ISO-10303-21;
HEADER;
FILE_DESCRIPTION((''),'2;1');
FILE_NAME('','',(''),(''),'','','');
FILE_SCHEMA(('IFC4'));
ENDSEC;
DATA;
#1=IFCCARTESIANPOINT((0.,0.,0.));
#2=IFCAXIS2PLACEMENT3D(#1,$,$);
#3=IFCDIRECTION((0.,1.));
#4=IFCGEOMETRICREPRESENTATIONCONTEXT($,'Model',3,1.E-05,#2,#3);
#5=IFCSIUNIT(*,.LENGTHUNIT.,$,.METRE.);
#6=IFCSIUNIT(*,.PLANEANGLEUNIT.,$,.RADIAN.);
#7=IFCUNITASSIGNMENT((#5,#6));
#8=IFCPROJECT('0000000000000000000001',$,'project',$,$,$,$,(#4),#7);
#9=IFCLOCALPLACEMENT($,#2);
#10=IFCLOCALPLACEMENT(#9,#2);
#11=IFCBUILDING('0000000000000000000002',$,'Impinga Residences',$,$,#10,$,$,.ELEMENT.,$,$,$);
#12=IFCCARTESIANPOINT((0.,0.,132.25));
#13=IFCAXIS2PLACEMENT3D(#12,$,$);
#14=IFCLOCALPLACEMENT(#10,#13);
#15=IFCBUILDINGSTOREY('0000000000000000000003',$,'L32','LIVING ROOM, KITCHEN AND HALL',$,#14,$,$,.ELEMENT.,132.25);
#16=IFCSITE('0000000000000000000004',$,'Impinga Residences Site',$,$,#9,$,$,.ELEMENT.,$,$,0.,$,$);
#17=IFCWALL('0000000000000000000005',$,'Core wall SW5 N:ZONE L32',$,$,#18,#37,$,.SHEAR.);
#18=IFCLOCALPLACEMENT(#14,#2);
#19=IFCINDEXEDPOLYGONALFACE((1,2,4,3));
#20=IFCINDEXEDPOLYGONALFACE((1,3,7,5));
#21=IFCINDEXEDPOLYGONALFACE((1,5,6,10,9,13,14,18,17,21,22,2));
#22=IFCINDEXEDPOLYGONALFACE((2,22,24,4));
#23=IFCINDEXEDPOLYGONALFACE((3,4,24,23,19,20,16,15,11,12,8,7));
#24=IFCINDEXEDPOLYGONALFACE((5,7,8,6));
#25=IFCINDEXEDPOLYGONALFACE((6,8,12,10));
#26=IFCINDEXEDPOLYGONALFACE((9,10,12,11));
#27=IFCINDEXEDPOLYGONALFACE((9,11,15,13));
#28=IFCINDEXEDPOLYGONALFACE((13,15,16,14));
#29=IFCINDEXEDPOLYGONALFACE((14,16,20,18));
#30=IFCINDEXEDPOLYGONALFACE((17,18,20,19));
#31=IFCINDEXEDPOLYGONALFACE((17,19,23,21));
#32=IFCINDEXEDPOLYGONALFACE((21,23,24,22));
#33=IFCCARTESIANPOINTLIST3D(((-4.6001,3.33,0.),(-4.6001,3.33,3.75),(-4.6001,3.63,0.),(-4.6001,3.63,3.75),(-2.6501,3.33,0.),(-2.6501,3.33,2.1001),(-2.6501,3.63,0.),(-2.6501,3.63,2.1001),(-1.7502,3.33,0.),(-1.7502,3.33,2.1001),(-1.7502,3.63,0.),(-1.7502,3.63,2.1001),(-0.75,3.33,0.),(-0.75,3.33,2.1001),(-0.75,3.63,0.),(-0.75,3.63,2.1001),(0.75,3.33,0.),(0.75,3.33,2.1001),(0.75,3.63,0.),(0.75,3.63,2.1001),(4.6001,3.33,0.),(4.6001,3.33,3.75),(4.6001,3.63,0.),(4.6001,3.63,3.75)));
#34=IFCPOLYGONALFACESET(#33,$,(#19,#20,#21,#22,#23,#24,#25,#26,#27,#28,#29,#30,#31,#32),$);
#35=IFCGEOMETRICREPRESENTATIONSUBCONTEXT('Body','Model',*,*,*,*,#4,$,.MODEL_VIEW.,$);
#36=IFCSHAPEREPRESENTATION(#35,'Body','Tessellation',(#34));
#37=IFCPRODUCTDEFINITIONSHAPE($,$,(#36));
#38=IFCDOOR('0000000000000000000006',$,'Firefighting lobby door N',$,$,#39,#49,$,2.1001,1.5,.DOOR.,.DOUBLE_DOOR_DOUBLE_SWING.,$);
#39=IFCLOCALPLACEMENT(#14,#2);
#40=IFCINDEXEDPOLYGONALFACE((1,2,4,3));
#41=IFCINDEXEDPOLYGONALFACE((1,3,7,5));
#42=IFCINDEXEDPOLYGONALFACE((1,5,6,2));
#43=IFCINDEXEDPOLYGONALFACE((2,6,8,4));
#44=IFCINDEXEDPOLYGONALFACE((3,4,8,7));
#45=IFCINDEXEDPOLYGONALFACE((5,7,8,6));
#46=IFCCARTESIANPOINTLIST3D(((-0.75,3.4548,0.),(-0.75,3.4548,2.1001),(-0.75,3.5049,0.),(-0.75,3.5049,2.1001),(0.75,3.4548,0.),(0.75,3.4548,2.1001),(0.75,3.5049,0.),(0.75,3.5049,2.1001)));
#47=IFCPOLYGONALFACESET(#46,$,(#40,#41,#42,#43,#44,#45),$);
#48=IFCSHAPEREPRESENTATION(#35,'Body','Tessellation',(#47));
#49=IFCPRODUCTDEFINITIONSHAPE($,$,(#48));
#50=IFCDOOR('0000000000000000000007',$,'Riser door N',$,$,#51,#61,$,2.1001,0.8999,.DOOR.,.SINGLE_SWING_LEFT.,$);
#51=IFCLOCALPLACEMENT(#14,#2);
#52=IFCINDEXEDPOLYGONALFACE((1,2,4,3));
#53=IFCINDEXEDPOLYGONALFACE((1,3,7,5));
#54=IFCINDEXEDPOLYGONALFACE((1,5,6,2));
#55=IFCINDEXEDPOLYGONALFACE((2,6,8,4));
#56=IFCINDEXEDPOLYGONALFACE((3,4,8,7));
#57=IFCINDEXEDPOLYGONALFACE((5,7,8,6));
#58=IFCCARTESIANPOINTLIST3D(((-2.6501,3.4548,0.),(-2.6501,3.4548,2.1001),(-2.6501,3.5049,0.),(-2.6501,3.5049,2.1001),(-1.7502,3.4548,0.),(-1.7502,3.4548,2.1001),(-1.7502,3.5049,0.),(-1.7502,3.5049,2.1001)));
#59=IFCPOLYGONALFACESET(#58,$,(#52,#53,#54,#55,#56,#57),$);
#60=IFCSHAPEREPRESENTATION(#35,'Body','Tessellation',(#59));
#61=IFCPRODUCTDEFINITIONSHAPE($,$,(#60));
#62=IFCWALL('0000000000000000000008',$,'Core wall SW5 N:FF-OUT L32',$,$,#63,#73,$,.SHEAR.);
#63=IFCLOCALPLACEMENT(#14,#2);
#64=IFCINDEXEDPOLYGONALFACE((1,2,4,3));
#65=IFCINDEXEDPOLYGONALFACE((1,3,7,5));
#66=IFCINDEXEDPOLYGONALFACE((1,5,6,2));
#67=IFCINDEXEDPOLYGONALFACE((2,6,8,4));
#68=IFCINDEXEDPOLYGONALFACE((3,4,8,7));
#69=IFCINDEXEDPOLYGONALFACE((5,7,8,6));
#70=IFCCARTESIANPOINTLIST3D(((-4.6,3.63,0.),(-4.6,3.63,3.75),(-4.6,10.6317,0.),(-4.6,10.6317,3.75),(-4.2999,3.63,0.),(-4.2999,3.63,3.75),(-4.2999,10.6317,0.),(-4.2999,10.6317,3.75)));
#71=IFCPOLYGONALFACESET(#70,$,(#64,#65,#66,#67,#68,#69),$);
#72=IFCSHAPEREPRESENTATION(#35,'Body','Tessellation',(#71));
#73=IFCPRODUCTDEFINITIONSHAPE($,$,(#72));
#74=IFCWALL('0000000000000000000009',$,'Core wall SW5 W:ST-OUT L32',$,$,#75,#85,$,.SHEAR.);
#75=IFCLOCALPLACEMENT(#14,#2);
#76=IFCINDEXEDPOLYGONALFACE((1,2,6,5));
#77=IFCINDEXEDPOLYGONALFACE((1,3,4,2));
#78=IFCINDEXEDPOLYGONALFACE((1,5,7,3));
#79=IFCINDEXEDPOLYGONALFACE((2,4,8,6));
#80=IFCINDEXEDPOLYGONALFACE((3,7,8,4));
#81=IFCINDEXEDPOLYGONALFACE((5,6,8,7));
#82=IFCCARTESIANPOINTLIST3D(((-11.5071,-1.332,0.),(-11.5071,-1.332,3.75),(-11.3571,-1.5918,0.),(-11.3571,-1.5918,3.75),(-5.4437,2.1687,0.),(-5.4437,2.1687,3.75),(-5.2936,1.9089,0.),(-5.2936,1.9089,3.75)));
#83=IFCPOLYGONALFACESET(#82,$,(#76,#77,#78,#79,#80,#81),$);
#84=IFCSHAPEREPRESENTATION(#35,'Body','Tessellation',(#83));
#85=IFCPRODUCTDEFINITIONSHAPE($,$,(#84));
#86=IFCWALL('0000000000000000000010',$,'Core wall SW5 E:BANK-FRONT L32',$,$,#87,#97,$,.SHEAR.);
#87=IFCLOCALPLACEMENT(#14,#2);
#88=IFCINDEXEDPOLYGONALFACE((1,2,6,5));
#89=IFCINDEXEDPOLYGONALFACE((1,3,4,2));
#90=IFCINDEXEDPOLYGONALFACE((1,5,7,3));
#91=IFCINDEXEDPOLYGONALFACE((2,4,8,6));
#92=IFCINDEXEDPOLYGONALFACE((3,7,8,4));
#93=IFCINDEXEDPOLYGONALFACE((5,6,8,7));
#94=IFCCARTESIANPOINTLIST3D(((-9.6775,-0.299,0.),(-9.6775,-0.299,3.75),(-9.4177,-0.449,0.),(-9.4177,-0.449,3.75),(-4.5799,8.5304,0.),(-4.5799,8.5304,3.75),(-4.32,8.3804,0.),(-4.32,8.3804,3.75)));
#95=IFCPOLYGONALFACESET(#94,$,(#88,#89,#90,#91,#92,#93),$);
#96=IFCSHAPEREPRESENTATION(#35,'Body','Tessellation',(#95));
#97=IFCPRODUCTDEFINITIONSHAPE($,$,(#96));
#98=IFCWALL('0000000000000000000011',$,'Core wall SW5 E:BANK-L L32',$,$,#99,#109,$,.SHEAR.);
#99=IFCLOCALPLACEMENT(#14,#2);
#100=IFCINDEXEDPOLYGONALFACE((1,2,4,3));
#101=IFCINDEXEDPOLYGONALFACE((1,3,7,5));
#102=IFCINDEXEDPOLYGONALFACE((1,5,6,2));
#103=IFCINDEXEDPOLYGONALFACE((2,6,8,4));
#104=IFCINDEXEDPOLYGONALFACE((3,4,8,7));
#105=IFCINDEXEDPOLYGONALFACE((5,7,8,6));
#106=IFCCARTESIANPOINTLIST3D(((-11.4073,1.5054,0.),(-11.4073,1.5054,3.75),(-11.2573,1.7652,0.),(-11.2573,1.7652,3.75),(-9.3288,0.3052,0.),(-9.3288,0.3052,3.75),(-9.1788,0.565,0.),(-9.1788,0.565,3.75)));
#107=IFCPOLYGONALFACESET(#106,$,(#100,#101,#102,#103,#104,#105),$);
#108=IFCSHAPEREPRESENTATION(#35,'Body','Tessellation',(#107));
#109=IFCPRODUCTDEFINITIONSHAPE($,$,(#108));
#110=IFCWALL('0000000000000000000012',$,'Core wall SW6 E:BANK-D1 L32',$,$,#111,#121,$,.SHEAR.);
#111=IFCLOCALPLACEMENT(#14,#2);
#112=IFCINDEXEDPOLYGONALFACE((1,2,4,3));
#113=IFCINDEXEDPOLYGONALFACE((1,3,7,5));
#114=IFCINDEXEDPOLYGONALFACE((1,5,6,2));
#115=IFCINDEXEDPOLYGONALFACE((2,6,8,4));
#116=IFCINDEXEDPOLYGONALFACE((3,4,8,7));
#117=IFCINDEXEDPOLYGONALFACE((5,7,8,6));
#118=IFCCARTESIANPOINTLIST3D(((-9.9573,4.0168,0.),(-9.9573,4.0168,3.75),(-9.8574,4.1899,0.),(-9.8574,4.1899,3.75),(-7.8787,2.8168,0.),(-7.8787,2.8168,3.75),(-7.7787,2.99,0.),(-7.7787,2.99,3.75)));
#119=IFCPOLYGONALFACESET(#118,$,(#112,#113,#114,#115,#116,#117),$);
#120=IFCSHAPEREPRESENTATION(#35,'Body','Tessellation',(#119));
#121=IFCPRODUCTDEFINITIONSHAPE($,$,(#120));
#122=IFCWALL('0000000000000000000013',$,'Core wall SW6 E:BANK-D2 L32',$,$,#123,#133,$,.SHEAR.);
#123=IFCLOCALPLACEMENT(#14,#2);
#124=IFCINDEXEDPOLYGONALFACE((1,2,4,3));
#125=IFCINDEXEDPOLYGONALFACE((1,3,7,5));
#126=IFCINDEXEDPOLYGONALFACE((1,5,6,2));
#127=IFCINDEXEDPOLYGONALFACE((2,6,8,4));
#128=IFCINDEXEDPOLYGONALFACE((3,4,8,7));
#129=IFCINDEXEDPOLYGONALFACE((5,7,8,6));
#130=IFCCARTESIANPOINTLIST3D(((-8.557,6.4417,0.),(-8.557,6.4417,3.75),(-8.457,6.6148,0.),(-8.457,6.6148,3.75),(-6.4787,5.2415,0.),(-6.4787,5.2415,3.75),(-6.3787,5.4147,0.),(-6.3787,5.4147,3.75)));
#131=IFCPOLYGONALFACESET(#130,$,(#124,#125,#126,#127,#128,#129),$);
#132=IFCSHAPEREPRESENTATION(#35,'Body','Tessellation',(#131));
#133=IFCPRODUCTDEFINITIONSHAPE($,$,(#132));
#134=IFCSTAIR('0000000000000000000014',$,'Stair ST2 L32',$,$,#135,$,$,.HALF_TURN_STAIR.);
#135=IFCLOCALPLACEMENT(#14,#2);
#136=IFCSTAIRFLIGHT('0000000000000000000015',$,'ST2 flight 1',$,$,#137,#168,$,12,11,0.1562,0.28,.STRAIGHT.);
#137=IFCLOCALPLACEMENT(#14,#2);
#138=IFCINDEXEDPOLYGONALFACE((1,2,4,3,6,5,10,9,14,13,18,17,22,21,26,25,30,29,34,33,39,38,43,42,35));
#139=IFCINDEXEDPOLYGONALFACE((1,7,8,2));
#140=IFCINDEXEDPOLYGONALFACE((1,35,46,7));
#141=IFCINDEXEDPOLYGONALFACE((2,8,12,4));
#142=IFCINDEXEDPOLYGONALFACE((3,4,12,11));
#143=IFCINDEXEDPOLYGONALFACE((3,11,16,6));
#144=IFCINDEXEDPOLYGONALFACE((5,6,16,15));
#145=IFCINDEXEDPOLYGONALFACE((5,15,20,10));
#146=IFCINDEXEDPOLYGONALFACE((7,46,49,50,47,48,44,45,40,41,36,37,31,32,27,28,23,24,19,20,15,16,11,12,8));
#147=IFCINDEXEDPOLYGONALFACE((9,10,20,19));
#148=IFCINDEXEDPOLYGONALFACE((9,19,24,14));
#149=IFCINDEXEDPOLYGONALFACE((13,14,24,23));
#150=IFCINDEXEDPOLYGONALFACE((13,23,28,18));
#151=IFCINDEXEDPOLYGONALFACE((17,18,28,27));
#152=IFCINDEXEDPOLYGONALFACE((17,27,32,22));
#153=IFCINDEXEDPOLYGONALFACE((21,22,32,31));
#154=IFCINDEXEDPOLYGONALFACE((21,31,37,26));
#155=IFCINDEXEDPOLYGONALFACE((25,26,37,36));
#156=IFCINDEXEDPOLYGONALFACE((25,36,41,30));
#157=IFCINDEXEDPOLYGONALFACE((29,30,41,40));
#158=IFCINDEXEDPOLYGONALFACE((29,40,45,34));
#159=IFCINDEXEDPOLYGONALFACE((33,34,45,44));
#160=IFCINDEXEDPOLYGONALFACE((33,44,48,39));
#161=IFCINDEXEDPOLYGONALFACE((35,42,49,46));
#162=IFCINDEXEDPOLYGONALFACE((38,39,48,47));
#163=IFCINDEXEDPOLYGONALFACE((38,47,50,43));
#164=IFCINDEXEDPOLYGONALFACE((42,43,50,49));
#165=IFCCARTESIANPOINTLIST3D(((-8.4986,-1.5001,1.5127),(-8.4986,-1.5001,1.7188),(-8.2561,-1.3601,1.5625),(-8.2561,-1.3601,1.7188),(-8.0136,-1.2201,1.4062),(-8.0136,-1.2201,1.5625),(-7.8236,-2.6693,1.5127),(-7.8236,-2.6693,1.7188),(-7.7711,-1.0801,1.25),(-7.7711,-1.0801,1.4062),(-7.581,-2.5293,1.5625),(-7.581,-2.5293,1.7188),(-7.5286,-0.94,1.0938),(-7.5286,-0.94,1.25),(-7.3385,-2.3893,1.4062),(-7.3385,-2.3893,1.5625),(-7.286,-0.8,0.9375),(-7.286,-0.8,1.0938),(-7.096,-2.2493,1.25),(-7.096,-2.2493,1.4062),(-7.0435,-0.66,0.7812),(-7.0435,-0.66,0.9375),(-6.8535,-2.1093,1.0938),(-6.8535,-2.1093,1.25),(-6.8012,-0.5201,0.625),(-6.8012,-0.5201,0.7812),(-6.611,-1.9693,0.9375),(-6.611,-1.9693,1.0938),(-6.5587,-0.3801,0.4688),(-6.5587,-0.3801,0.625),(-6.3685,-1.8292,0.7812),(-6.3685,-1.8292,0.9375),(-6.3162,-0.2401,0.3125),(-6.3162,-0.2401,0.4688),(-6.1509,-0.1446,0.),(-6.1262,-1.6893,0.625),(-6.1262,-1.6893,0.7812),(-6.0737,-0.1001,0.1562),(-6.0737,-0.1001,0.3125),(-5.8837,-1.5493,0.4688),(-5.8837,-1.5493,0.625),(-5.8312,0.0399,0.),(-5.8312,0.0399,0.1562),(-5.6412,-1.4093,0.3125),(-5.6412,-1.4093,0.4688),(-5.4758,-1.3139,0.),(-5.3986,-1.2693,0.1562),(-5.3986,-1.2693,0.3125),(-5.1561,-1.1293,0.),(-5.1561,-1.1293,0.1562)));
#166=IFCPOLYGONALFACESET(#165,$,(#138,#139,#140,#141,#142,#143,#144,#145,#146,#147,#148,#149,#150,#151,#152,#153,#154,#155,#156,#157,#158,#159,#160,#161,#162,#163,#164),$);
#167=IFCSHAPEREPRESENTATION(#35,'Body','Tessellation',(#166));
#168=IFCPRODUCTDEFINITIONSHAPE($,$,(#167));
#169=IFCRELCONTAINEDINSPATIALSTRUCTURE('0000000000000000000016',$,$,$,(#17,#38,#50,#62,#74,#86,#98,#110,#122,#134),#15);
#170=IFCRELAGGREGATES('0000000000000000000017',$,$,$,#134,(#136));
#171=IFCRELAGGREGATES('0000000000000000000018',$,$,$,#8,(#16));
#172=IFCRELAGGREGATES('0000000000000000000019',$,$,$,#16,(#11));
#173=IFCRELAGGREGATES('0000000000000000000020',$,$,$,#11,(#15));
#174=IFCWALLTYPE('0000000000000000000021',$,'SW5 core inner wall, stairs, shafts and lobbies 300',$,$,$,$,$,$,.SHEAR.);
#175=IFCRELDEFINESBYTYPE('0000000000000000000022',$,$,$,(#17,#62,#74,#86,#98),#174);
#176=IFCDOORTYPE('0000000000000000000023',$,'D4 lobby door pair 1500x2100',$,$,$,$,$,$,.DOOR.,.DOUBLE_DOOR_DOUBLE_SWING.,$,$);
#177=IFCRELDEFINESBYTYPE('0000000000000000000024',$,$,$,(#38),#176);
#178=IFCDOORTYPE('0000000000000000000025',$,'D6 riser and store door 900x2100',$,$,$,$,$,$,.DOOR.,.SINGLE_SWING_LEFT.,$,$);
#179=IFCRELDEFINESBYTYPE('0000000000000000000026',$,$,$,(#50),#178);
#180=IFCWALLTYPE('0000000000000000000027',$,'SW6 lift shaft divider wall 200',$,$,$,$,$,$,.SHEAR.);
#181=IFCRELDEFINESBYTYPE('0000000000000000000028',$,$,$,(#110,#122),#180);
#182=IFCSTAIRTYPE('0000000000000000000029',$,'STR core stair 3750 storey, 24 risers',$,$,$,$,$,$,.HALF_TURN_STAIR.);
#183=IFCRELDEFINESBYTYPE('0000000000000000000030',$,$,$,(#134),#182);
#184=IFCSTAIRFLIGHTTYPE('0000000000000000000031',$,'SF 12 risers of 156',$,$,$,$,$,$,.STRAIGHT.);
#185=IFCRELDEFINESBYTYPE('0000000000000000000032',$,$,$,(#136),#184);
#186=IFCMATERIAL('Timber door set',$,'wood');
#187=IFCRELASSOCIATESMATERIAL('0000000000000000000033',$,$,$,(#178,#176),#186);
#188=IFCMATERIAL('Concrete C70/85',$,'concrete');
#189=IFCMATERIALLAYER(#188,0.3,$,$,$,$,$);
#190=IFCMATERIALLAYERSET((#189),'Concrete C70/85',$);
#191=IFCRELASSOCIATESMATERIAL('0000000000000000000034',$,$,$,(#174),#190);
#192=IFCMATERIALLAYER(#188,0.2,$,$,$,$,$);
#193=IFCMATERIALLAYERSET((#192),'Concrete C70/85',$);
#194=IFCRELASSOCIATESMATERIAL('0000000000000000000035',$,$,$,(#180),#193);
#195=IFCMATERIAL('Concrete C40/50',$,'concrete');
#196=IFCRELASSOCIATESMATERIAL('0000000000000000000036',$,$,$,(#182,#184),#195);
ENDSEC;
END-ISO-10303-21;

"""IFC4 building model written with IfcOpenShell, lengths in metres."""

from ifc_helpers import new_model, si_unit, direction, frame, frame_2d, origin, place, context, subcontext, project, spatial, polyline, rectangle, outline, extrude, material, layer, layer_set, type_object, element, fill, aggregate, save


model = new_model("IFC4")

# Units and contexts
model_context = context("Model", 3, precision=1e-05, world=origin(), true_north=direction((0.0, 1.0)))
body_context = subcontext(model_context, "Body", "Model", "MODEL_VIEW")
ifc_project = project(units=[si_unit("LENGTHUNIT", "METRE"), si_unit("PLANEANGLEUNIT", "RADIAN")], contexts=[model_context])

# Site, building, storey
site_placement = place(None, origin())
site = spatial("IfcSite", under=ifc_project, at=site_placement, Name="Impinga Residences Site", CompositionType="ELEMENT", RefElevation=0.0)
building_placement = place(site_placement, origin())
building = spatial("IfcBuilding", under=site, at=building_placement, Name="Impinga Residences", CompositionType="ELEMENT")
storey_placement = place(building_placement, frame((0.0, 0.0, 132.25)))
storey = spatial("IfcBuildingStorey", under=building, at=storey_placement, Name="L32", Description="LIVING ROOM, KITCHEN AND HALL", CompositionType="ELEMENT", Elevation=132.25)

# Shared definitions
ifc_material_1 = material(Name="Timber door set", Category="wood")
door_type_1 = type_object("IfcDoorType", Name="D6 riser and store door 900x2100", OperationType="SINGLE_SWING_LEFT", PredefinedType="DOOR", material=ifc_material_1)

# Wall, openings, doors
ifc_material_2 = material(Name="Concrete C70/85", Category="concrete")
ifc_layer_1 = layer(ifc_material_2, 0.3)
ifc_layer_set_1 = layer_set([ifc_layer_1], Name="Concrete C70/85")
wall_type_1 = type_object("IfcWallType", Name="SW5 core inner wall, stairs, shafts and lobbies 300", PredefinedType="SHEAR", material=ifc_layer_set_1)
wall_1_placement = place(storey_placement, frame((-4.6001, 3.48, 0.0), z_axis=(0.0, 0.0, 1.0), x_axis=(1.0, 0.0, 0.0)))
wall_1 = element("IfcWall", 1, at=wall_1_placement, inside=storey, type_object=wall_type_1, Name="Core wall SW5 N:ZONE L32", PredefinedType="SHEAR", context=body_context, shape_type="SweptSolid", body=[
    extrude(rectangle(XDim=9.2002, YDim=0.3, at=frame_2d((4.6001, 0.0))), origin(), (0.0, 0.0, 1.0), 3.75),
])
opening_1_placement = place(wall_1_placement, frame((3.8501, 0.0, 0.0)))
opening_1 = element("IfcOpeningElement", 2, at=opening_1_placement, cuts=wall_1, PredefinedType="OPENING", context=body_context, shape_type="SweptSolid", body=[
    extrude(rectangle(XDim=1.5, YDim=2.1001, at=frame_2d((0.75, 1.05))), frame((0.0, 0.1599, 0.0), z_axis=(0.0, -1.0, 0.0), x_axis=(1.0, 0.0, 0.0)), (0.0, 0.0, 1.0), 0.3201),
])
opening_2_placement = place(wall_1_placement, frame((1.95, 0.0, 0.0)))
opening_2 = element("IfcOpeningElement", 3, at=opening_2_placement, cuts=wall_1, PredefinedType="OPENING", context=body_context, shape_type="SweptSolid", body=[
    extrude(rectangle(XDim=0.8999, YDim=2.1001, at=frame_2d((0.45, 1.05))), frame((0.0, 0.1599, 0.0), z_axis=(0.0, -1.0, 0.0), x_axis=(1.0, 0.0, 0.0)), (0.0, 0.0, 1.0), 0.3201),
])
door_type_2 = type_object("IfcDoorType", Name="D4 lobby door pair 1500x2100", OperationType="DOUBLE_DOOR_DOUBLE_SWING", PredefinedType="DOOR", material=ifc_material_1)
door_1_placement = place(opening_1_placement, origin())
door_1 = element("IfcDoor", 4, at=door_1_placement, inside=storey, type_object=door_type_2, Name="Firefighting lobby door N", OperationType="DOUBLE_DOOR_DOUBLE_SWING", OverallHeight=2.1001, OverallWidth=1.5, PredefinedType="DOOR", context=body_context, shape_type="SweptSolid", body=[
    extrude(rectangle(XDim=1.5, YDim=2.1001, at=frame_2d((0.75, 1.05))), frame((0.0, 0.0249, 0.0), z_axis=(0.0, -1.0, 0.0), x_axis=(1.0, 0.0, 0.0)), (0.0, 0.0, 1.0), 0.05),
])
fill(opening_1, door_1)
door_2_placement = place(opening_2_placement, origin())
door_2 = element("IfcDoor", 5, at=door_2_placement, inside=storey, type_object=door_type_1, Name="Riser door N", OperationType="SINGLE_SWING_LEFT", OverallHeight=2.1001, OverallWidth=0.8999, PredefinedType="DOOR", context=body_context, shape_type="SweptSolid", body=[
    extrude(rectangle(XDim=0.8999, YDim=2.1001, at=frame_2d((0.45, 1.05))), frame((0.0, 0.0249, 0.0), z_axis=(0.0, -1.0, 0.0), x_axis=(1.0, 0.0, 0.0)), (0.0, 0.0, 1.0), 0.05),
])
fill(opening_2, door_2)

# Walls
wall_2_placement = place(storey_placement, frame((-4.45, 3.6299, 0.0), z_axis=(0.0, 0.0, 1.0), x_axis=(0.0, 1.0, 0.0)))
element("IfcWall", 6, at=wall_2_placement, inside=storey, type_object=wall_type_1, Name="Core wall SW5 N:FF-OUT L32", PredefinedType="SHEAR", context=body_context, shape_type="SweptSolid", body=[
    extrude(rectangle(XDim=7.0017, YDim=0.3, at=frame_2d((3.501, 0.0))), origin(), (0.0, 0.0, 1.0), 3.75),
])
wall_3_placement = place(storey_placement, frame((-5.3687, 2.0388, 0.0), z_axis=(0.0, 0.0, 1.0), x_axis=(-0.866026, -0.499998, 0.0)))
element("IfcWall", 7, at=wall_3_placement, inside=storey, type_object=wall_type_1, Name="Core wall SW5 W:ST-OUT L32", PredefinedType="SHEAR", context=body_context, shape_type="SweptSolid", body=[
    extrude(rectangle(XDim=7.0015, YDim=0.3, at=frame_2d((3.5007, 0.0))), origin(), (0.0, 0.0, 1.0), 3.75),
])
wall_4_placement = place(storey_placement, frame((-9.5476, -0.374, 0.0), z_axis=(0.0, 0.0, 1.0), x_axis=(0.500002, 0.866024, 0.0)))
element("IfcWall", 8, at=wall_4_placement, inside=storey, type_object=wall_type_1, Name="Core wall SW5 E:BANK-FRONT L32", PredefinedType="SHEAR", context=body_context, shape_type="SweptSolid", body=[
    extrude(rectangle(XDim=10.1953, YDim=0.3, at=frame_2d((5.0977, 0.0))), origin(), (0.0, 0.0, 1.0), 3.75),
])
wall_5_placement = place(storey_placement, frame((-9.2537, 0.4351, 0.0), z_axis=(0.0, 0.0, 1.0), x_axis=(-0.866006, 0.500034, 0.0)))
element("IfcWall", 9, at=wall_5_placement, inside=storey, type_object=wall_type_1, Name="Core wall SW5 E:BANK-L L32", PredefinedType="SHEAR", context=body_context, shape_type="SweptSolid", body=[
    extrude(rectangle(XDim=2.4001, YDim=0.3, at=frame_2d((1.2002, 0.0))), origin(), (0.0, 0.0, 1.0), 3.75),
])
ifc_layer_2 = layer(ifc_material_2, 0.2)
ifc_layer_set_2 = layer_set([ifc_layer_2], Name="Concrete C70/85")
wall_type_2 = type_object("IfcWallType", Name="SW6 lift shaft divider wall 200", PredefinedType="SHEAR", material=ifc_layer_set_2)
wall_6_placement = place(storey_placement, frame((-7.8286, 2.9033, 0.0), z_axis=(0.0, 0.0, 1.0), x_axis=(-0.86605, 0.499957, 0.0)))
element("IfcWall", 10, at=wall_6_placement, inside=storey, type_object=wall_type_2, Name="Core wall SW6 E:BANK-D1 L32", PredefinedType="SHEAR", context=body_context, shape_type="SweptSolid", body=[
    extrude(rectangle(XDim=2.4001, YDim=0.2, at=frame_2d((1.2002, 0.0))), origin(), (0.0, 0.0, 1.0), 3.75),
])
wall_7_placement = place(storey_placement, frame((-6.4287, 5.3281, 0.0), z_axis=(0.0, 0.0, 1.0), x_axis=(-0.865981, 0.500078, 0.0)))
element("IfcWall", 11, at=wall_7_placement, inside=storey, type_object=wall_type_2, Name="Core wall SW6 E:BANK-D2 L32", PredefinedType="SHEAR", context=body_context, shape_type="SweptSolid", body=[
    extrude(rectangle(XDim=2.3999, YDim=0.2, at=frame_2d((1.2, 0.0))), origin(), (0.0, 0.0, 1.0), 3.75),
])

# Stair, stair flight
ifc_material_3 = material(Name="Concrete C40/50", Category="concrete")
stair_type = type_object("IfcStairType", Name="STR core stair 3750 storey, 24 risers", PredefinedType="HALF_TURN_STAIR", material=ifc_material_3)
stair_placement = place(storey_placement, origin())
stair = element("IfcStair", 12, at=stair_placement, inside=storey, type_object=stair_type, Name="Stair ST2 L32", PredefinedType="HALF_TURN_STAIR")
stair_flight_type = type_object("IfcStairFlightType", Name="SF 12 risers of 156", PredefinedType="STRAIGHT", material=ifc_material_3)
stair_flight_1_placement = place(storey_placement, frame((-5.4937, -0.5447, 0.0), z_axis=(0.0, 0.0, 1.0), x_axis=(-0.866025, -0.5, 0.0)))
stair_flight_1 = element("IfcStairFlight", 13, at=stair_flight_1_placement, type_object=stair_flight_type, Name="ST2 flight 1", NumberOfRisers=12, NumberOfTreads=11, PredefinedType="STRAIGHT", RiserHeight=0.1562, TreadLength=0.28, context=body_context, shape_type="SweptSolid", body=[
    extrude(outline(polyline([(0.0, 0.0), (0.0, 0.1562), (0.28, 0.1562), (0.28, 0.3125), (0.5601, 0.3125), (0.5601, 0.4688), (0.8401, 0.4688), (0.8401, 0.625), (1.1201, 0.625), (1.1201, 0.7812), (1.3999, 0.7812), (1.3999, 0.9375), (1.6799, 0.9375), (1.6799, 1.0938), (1.96, 1.0938), (1.96, 1.25), (2.24, 1.25), (2.24, 1.4062), (2.52, 1.4062), (2.52, 1.5625), (2.8, 1.5625), (2.8, 1.7188), (3.0801, 1.7188), (3.0801, 1.875), (3.0801, 1.5127), (0.3691, 0.0), (0.0, 0.0)])), frame((0.0, 0.675, 0.0), z_axis=(0.0, -1.0, 0.0), x_axis=(1.0, 0.0, 0.0)), (0.0, 0.0, 1.0), 1.3501),
])
aggregate(stair, [stair_flight_1])

save(model, "model.ifc")
